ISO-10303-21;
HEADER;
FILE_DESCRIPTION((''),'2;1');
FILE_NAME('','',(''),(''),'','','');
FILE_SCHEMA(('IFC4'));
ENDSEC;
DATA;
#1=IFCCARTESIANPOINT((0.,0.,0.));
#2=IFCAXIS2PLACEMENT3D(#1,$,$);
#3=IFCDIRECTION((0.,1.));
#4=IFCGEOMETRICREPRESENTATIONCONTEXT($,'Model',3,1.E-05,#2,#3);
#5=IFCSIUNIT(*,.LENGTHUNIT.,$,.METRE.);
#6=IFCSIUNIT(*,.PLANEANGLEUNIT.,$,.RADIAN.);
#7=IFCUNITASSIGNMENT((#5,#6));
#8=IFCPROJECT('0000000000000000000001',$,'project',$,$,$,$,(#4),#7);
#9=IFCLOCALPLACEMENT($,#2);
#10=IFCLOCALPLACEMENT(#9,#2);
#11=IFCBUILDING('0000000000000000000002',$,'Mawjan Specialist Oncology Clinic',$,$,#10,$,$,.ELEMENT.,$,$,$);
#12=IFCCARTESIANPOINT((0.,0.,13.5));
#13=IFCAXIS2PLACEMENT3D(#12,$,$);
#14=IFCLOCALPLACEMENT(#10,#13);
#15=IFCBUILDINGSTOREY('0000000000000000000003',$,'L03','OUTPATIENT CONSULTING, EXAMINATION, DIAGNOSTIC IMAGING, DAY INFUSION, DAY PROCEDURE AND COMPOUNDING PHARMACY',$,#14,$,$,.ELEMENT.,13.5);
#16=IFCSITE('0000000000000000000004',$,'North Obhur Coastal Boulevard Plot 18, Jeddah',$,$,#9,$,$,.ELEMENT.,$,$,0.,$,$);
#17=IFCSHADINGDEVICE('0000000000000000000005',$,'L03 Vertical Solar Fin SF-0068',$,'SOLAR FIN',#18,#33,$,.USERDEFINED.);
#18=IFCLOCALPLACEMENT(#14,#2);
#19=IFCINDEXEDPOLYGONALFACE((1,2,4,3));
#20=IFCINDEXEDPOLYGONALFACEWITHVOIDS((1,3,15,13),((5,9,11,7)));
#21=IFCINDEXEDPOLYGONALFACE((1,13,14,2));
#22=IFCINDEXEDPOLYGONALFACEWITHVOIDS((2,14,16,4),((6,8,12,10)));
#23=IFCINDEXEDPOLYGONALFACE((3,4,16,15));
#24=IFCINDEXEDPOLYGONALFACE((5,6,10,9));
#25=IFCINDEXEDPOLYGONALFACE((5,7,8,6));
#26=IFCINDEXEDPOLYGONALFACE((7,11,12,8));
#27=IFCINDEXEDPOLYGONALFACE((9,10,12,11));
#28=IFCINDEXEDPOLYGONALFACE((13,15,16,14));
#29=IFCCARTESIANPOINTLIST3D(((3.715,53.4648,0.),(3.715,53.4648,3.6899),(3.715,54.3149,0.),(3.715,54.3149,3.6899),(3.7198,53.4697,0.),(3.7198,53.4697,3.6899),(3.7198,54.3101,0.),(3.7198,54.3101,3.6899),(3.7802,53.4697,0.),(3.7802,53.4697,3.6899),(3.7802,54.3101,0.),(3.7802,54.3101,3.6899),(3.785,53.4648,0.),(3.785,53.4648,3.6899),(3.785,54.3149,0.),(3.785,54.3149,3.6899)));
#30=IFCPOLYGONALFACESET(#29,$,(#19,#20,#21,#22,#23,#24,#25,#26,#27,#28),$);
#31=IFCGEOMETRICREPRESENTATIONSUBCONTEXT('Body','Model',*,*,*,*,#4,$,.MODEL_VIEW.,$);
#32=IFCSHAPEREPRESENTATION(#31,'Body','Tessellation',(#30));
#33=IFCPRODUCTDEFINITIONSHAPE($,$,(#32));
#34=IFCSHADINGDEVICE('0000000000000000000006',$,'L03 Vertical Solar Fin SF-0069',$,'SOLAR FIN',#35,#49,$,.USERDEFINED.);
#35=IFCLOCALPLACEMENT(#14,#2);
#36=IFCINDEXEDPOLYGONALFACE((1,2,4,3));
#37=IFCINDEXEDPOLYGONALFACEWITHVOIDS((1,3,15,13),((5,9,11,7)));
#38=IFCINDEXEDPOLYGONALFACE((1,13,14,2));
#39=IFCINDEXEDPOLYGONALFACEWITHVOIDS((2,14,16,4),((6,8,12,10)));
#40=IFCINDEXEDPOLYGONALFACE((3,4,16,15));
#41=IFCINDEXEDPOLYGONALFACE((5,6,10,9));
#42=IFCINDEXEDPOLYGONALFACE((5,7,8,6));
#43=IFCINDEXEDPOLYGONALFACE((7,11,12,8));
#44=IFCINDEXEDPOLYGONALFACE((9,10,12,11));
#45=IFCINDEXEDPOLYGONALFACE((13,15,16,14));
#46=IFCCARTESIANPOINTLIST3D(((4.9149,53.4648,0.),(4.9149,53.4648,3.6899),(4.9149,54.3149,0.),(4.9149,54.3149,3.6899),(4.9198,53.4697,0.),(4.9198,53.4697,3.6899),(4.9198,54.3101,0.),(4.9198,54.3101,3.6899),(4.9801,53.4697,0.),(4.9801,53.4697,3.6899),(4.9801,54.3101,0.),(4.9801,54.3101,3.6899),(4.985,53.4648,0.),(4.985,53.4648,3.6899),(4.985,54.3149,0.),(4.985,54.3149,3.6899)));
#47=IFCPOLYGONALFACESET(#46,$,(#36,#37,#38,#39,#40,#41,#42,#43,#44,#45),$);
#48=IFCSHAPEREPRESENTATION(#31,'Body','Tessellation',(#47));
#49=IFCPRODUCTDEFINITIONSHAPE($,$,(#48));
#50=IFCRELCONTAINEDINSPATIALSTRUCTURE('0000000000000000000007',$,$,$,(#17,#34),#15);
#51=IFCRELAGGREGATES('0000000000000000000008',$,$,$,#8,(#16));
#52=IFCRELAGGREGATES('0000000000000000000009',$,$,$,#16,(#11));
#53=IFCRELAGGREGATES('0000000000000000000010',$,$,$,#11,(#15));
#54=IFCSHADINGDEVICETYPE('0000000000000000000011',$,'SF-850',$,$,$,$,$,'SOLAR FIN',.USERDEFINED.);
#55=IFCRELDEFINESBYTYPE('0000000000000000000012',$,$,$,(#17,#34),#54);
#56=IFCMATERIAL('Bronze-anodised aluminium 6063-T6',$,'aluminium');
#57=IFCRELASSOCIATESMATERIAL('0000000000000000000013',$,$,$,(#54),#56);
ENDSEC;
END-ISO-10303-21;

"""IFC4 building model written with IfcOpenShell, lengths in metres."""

from ifc_helpers import new_model, si_unit, direction, frame, origin, origin_2d, place, context, subcontext, project, spatial, hollow_rectangle, extrude, material, material_profile, profile_set, type_object, element, save


model = new_model("IFC4")

# Units and contexts
model_context = context("Model", 3, precision=1e-05, world=origin(), true_north=direction((0.0, 1.0)))
body_context = subcontext(model_context, "Body", "Model", "MODEL_VIEW")
ifc_project = project(units=[si_unit("LENGTHUNIT", "METRE"), si_unit("PLANEANGLEUNIT", "RADIAN")], contexts=[model_context])

# Site, building, storey
site_placement = place(None, origin())
site = spatial("IfcSite", under=ifc_project, at=site_placement, Name="North Obhur Coastal Boulevard Plot 18, Jeddah", CompositionType="ELEMENT", RefElevation=0.0)
building_placement = place(site_placement, origin())
building = spatial("IfcBuilding", under=site, at=building_placement, Name="Mawjan Specialist Oncology Clinic", CompositionType="ELEMENT")
storey_placement = place(building_placement, frame((0.0, 0.0, 13.5)))
storey = spatial("IfcBuildingStorey", under=building, at=storey_placement, Name="L03", Description="OUTPATIENT CONSULTING, EXAMINATION, DIAGNOSTIC IMAGING, DAY INFUSION, DAY PROCEDURE AND COMPOUNDING PHARMACY", CompositionType="ELEMENT", Elevation=13.5)

# Shading devices
ifc_material_1 = material(Name="Bronze-anodised aluminium 6063-T6", Category="aluminium")
ifc_material_profile_1 = material_profile(ifc_material_1, hollow_rectangle(XDim=0.0701, YDim=0.8501, WallThickness=0.0049, at=origin_2d()), Name="FIN 850x70x5", Category="aluminium")
ifc_profile_set_1 = profile_set([ifc_material_profile_1], Name="Bronze-anodised aluminium 6063-T6")
shading_device_type = type_object("IfcShadingDeviceType", Name="SF-850", ElementType="SOLAR FIN", PredefinedType="USERDEFINED", material=ifc_profile_set_1)
for number, where, z_axis, x_axis, name in (
    (1, (3.75, 53.8899, 0.0), (0.0, 0.0, 1.0), (1.0, 0.0, 0.0), "L03 Vertical Solar Fin SF-0068"),
    (2, (4.95, 53.8899, 0.0), (0.0, 0.0, 1.0), (1.0, 0.0, 0.0), "L03 Vertical Solar Fin SF-0069"),
):
    element("IfcShadingDevice", number, at=place(storey_placement, frame(where, z_axis=z_axis, x_axis=x_axis)), inside=storey, type_object=shading_device_type, Name=name, ObjectType="SOLAR FIN", PredefinedType="USERDEFINED", context=body_context, shape_type="SweptSolid", body=[
        extrude(hollow_rectangle(XDim=0.0701, YDim=0.8501, WallThickness=0.0049, at=origin_2d()), origin(), (0.0, 0.0, 1.0), 3.6899),
    ])

save(model, "model.ifc")
